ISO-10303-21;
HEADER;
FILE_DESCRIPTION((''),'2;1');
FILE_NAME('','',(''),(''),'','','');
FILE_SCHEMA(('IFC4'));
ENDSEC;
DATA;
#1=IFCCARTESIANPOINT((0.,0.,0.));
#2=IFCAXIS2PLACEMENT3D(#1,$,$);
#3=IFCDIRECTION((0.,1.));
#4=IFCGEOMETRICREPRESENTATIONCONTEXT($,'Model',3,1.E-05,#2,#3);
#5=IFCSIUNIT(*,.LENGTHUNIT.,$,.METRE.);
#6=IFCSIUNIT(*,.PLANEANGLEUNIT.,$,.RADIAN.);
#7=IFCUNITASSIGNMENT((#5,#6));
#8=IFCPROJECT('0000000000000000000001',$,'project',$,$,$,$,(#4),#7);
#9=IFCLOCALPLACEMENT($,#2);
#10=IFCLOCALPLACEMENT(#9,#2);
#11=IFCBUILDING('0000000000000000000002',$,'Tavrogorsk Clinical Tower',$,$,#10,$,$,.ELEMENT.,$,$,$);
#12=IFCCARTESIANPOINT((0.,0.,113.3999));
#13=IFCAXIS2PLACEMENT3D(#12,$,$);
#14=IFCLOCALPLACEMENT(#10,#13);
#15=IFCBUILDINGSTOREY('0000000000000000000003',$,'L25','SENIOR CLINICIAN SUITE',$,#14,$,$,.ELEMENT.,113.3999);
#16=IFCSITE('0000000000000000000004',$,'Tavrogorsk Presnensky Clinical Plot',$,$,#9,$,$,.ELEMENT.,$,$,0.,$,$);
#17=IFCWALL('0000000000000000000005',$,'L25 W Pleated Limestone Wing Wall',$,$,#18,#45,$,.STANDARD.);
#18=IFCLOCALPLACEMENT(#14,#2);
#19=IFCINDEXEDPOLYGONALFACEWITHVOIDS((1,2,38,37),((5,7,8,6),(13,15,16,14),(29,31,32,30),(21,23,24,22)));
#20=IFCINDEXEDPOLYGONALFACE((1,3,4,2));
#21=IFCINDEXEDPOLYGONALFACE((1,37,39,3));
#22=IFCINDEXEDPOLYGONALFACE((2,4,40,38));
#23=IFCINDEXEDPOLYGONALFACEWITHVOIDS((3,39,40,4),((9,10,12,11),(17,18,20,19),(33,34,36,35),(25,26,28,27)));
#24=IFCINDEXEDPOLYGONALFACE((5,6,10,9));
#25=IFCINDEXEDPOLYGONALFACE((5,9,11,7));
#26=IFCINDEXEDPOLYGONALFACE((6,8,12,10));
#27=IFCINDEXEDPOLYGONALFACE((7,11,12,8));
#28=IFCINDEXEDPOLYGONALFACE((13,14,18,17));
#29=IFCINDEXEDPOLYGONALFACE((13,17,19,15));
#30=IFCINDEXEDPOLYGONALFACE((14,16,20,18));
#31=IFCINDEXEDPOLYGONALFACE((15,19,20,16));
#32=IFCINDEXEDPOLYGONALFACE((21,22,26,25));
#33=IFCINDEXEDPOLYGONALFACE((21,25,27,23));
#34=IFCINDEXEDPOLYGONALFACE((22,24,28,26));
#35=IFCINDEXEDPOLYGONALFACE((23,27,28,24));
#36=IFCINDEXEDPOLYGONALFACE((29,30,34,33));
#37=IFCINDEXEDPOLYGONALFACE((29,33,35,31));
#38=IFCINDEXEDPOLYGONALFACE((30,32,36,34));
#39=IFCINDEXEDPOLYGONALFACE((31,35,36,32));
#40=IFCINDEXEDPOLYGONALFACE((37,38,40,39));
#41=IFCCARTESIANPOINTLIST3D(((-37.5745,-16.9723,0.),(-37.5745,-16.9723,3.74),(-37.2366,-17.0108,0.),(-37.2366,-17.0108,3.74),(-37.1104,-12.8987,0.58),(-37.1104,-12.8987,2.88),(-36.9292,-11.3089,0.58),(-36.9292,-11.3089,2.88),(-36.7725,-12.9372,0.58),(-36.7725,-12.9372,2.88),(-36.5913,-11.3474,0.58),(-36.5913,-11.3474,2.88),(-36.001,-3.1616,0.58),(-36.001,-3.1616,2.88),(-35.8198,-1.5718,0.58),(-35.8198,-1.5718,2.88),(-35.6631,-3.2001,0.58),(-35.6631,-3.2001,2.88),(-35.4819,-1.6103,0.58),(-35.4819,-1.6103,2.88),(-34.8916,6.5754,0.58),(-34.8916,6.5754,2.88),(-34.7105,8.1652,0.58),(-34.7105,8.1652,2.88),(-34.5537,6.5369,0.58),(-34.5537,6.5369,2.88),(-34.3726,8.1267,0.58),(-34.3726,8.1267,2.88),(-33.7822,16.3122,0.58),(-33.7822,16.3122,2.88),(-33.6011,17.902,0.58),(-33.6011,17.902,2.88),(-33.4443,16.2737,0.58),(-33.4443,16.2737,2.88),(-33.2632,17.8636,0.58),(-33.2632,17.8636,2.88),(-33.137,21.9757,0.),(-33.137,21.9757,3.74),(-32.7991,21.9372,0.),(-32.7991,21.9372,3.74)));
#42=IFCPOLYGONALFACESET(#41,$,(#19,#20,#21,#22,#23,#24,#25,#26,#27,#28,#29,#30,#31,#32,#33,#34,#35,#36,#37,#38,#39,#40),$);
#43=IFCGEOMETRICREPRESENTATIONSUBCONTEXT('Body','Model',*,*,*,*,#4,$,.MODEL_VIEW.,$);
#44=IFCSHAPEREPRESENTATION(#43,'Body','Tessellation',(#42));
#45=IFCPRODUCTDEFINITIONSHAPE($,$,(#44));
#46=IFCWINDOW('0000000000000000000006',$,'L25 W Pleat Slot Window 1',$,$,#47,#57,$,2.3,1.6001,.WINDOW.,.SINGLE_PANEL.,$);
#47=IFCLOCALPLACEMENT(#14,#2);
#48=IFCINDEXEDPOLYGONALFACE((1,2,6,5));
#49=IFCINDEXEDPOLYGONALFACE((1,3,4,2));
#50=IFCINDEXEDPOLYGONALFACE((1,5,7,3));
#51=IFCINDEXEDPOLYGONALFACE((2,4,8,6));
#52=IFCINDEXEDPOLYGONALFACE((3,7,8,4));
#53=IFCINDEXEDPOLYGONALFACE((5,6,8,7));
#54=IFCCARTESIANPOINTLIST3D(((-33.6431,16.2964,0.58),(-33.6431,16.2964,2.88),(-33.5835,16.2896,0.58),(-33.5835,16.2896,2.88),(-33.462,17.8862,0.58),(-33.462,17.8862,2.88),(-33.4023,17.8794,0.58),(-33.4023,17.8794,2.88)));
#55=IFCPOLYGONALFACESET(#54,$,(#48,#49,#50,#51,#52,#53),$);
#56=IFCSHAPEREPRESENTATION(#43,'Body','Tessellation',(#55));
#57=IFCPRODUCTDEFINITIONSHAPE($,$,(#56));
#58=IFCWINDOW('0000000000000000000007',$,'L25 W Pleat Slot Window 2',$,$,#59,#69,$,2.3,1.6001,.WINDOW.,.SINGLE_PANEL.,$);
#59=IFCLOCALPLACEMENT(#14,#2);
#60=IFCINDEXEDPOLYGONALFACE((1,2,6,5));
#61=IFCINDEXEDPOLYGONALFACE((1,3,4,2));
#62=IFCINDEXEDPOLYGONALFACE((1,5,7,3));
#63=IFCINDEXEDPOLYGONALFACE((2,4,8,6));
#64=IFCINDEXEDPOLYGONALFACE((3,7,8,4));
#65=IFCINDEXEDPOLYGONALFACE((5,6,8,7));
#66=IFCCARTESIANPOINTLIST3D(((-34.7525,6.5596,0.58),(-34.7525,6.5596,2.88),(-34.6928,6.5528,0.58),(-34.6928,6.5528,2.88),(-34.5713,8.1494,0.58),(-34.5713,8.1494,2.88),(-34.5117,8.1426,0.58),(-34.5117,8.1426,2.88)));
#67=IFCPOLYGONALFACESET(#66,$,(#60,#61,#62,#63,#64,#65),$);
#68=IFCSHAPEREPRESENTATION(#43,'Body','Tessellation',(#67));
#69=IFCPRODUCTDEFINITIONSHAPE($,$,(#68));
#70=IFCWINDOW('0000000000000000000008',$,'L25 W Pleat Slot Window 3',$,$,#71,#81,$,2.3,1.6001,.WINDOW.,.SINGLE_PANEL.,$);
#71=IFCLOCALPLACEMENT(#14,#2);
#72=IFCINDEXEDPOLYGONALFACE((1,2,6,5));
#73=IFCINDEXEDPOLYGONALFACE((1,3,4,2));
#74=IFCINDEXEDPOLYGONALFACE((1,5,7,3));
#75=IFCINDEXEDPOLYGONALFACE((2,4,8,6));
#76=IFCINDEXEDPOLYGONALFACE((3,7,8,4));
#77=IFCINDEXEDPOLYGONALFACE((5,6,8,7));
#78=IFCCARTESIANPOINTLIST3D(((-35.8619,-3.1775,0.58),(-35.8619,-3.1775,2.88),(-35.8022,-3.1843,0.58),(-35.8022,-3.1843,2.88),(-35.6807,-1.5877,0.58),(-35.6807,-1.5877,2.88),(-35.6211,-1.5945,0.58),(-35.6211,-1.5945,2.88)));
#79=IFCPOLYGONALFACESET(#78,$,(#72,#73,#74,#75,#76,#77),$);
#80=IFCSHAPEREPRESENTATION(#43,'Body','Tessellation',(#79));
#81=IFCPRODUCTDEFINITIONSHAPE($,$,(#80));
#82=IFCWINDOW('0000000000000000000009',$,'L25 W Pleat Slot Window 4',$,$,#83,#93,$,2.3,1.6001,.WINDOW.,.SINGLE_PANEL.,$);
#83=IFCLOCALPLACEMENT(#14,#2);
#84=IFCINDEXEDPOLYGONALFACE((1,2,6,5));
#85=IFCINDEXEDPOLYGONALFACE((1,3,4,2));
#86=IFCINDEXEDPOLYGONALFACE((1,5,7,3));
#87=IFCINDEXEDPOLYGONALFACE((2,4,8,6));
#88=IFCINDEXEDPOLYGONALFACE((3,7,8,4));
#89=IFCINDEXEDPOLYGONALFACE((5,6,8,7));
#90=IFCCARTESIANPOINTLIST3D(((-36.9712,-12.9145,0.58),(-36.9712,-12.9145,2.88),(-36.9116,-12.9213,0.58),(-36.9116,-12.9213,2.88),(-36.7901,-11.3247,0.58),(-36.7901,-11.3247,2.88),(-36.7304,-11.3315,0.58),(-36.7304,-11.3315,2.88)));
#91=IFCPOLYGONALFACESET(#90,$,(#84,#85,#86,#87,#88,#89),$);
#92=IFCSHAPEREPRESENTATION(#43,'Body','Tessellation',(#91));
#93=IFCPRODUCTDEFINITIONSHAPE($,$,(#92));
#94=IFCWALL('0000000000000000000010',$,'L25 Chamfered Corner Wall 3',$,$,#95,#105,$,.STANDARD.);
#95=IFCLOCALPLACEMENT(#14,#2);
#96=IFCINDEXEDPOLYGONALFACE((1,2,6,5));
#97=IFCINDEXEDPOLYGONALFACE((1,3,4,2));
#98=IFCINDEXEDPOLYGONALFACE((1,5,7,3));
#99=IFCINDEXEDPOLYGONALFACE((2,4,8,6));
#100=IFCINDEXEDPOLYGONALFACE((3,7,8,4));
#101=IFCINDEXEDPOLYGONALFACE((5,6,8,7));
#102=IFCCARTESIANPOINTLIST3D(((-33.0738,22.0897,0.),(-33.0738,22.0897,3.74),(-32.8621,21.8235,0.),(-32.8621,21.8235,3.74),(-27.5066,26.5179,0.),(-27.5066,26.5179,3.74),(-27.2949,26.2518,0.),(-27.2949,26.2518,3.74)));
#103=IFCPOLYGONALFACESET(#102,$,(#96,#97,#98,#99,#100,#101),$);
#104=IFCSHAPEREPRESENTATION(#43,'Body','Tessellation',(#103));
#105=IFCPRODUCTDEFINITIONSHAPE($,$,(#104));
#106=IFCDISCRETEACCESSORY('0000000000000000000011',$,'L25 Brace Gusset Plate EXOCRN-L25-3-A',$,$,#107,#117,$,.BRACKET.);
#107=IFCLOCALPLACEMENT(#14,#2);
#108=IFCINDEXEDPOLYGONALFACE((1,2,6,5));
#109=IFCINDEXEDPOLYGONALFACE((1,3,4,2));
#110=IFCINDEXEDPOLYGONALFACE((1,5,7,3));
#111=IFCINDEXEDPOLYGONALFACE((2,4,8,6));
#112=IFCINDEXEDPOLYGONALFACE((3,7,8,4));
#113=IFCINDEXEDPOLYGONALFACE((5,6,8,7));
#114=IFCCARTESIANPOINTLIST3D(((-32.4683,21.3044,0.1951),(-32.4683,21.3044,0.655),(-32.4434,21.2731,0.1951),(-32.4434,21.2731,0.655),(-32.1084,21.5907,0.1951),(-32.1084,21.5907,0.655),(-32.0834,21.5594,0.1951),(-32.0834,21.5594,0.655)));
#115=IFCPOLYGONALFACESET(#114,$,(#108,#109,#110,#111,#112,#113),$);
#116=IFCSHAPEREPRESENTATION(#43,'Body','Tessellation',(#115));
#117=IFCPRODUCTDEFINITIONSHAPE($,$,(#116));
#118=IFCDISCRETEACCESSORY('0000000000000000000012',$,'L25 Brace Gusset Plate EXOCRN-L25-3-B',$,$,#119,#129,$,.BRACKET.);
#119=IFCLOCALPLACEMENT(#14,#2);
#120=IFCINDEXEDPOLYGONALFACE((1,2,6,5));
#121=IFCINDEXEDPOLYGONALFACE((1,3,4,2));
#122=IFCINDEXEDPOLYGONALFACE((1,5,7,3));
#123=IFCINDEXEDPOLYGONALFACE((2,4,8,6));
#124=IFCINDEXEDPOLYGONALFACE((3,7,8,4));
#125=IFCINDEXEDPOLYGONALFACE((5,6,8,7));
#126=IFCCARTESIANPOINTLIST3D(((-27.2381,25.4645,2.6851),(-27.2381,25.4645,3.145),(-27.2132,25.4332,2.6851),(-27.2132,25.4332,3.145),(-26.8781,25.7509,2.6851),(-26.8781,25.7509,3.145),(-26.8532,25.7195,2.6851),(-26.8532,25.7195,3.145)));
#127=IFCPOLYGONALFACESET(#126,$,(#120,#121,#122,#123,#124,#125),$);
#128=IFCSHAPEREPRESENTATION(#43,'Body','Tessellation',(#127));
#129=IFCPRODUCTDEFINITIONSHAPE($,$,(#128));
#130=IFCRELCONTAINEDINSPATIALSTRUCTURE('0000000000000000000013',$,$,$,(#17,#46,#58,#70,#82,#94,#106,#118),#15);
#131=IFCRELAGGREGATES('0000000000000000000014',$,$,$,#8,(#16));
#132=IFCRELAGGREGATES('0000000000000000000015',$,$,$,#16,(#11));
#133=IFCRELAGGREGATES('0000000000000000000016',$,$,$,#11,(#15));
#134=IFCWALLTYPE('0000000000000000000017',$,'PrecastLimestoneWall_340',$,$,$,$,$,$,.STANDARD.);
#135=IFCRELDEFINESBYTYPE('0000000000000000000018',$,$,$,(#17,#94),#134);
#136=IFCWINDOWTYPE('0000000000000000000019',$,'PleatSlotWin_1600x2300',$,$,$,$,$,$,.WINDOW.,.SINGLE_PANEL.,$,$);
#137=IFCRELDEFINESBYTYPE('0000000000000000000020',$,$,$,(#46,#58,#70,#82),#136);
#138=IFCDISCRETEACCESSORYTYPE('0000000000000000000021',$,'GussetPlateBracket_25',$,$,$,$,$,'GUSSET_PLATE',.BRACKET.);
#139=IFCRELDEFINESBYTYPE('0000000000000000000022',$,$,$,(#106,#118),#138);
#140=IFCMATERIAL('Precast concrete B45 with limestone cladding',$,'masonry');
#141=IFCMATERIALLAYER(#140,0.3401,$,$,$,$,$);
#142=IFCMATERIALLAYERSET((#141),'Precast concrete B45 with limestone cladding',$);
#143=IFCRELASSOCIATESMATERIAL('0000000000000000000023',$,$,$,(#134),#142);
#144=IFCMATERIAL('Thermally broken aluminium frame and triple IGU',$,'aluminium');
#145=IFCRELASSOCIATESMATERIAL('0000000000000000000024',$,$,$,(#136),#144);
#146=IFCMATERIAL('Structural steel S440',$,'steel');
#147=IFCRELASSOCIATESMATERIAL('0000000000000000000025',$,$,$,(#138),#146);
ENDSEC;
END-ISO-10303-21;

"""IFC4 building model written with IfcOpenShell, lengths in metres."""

from ifc_helpers import new_model, si_unit, direction, frame, frame_2d, origin, origin_2d, place, context, subcontext, project, spatial, rectangle, extrude, material, layer, layer_set, type_object, element, fill, save


model = new_model("IFC4")

# Units and contexts
model_context = context("Model", 3, precision=1e-05, world=origin(), true_north=direction((0.0, 1.0)))
body_context = subcontext(model_context, "Body", "Model", "MODEL_VIEW")
ifc_project = project(units=[si_unit("LENGTHUNIT", "METRE"), si_unit("PLANEANGLEUNIT", "RADIAN")], contexts=[model_context])

# Site, building, storey
site_placement = place(None, origin())
site = spatial("IfcSite", under=ifc_project, at=site_placement, Name="Tavrogorsk Presnensky Clinical Plot", CompositionType="ELEMENT", RefElevation=0.0)
building_placement = place(site_placement, origin())
building = spatial("IfcBuilding", under=site, at=building_placement, Name="Tavrogorsk Clinical Tower", CompositionType="ELEMENT")
storey_placement = place(building_placement, frame((0.0, 0.0, 113.3999)))
storey = spatial("IfcBuildingStorey", under=building, at=storey_placement, Name="L25", Description="SENIOR CLINICIAN SUITE", CompositionType="ELEMENT", Elevation=113.3999)

# Wall, openings, windows
ifc_material_1 = material(Name="Precast concrete B45 with limestone cladding", Category="masonry")
ifc_layer_1 = layer(ifc_material_1, 0.3401)
ifc_layer_set_1 = layer_set([ifc_layer_1], Name="Precast concrete B45 with limestone cladding")
wall_type_1 = type_object("IfcWallType", Name="PrecastLimestoneWall_340", PredefinedType="STANDARD", material=ifc_layer_set_1)
wall_1_placement = place(storey_placement, frame((-32.968, 21.9565, 0.0), z_axis=(0.0, 0.0, 1.0), x_axis=(-0.113202, -0.993572, 0.0)))
wall_1 = element("IfcWall", 1, at=wall_1_placement, inside=storey, type_object=wall_type_1, Name="L25 W Pleated Limestone Wing Wall", PredefinedType="STANDARD", context=body_context, shape_type="SweptSolid", body=[
    extrude(rectangle(XDim=39.2, YDim=0.3401, at=frame_2d((19.6001, 0.0))), origin(), (0.0, 0.0, 1.0), 3.74),
])
opening_1_placement = place(wall_1_placement, frame((4.1001, 0.0, 0.5801)))
opening_1 = element("IfcOpeningElement", 2, at=opening_1_placement, cuts=wall_1, PredefinedType="OPENING", context=body_context, shape_type="SweptSolid", body=[
    extrude(rectangle(XDim=1.6001, YDim=2.3, at=frame_2d((0.8, 1.1499))), frame((0.0, 0.1799, 0.0), z_axis=(0.0, -1.0, 0.0), x_axis=(1.0, 0.0, 0.0)), (0.0, 0.0, 1.0), 0.3601),
])
opening_2_placement = place(wall_1_placement, frame((13.8999, 0.0, 0.5801)))
opening_2 = element("IfcOpeningElement", 3, at=opening_2_placement, cuts=wall_1, PredefinedType="OPENING", context=body_context, shape_type="SweptSolid", body=[
    extrude(rectangle(XDim=1.6001, YDim=2.3, at=frame_2d((0.8, 1.1499))), frame((0.0, 0.1799, 0.0), z_axis=(0.0, -1.0, 0.0), x_axis=(1.0, 0.0, 0.0)), (0.0, 0.0, 1.0), 0.3601),
])
opening_3_placement = place(wall_1_placement, frame((23.7, 0.0, 0.5801)))
opening_3 = element("IfcOpeningElement", 4, at=opening_3_placement, cuts=wall_1, PredefinedType="OPENING", context=body_context, shape_type="SweptSolid", body=[
    extrude(rectangle(XDim=1.6001, YDim=2.3, at=frame_2d((0.8, 1.1499))), frame((0.0, 0.1799, 0.0), z_axis=(0.0, -1.0, 0.0), x_axis=(1.0, 0.0, 0.0)), (0.0, 0.0, 1.0), 0.3601),
])
opening_4_placement = place(wall_1_placement, frame((33.5, 0.0, 0.5801)))
opening_4 = element("IfcOpeningElement", 5, at=opening_4_placement, cuts=wall_1, PredefinedType="OPENING", context=body_context, shape_type="SweptSolid", body=[
    extrude(rectangle(XDim=1.6001, YDim=2.3, at=frame_2d((0.8, 1.1499))), frame((0.0, 0.1799, 0.0), z_axis=(0.0, -1.0, 0.0), x_axis=(1.0, 0.0, 0.0)), (0.0, 0.0, 1.0), 0.3601),
])
ifc_material_2 = material(Name="Thermally broken aluminium frame and triple IGU", Category="aluminium")
window_type = type_object("IfcWindowType", Name="PleatSlotWin_1600x2300", PartitioningType="SINGLE_PANEL", PredefinedType="WINDOW", material=ifc_material_2)
window_1_placement = place(opening_1_placement, origin())
window_1 = element("IfcWindow", 6, at=window_1_placement, inside=storey, type_object=window_type, Name="L25 W Pleat Slot Window 1", OverallHeight=2.3, OverallWidth=1.6001, PartitioningType="SINGLE_PANEL", PredefinedType="WINDOW", context=body_context, shape_type="SweptSolid", body=[
    extrude(rectangle(XDim=1.6001, YDim=2.3, at=frame_2d((0.8, 1.1499))), frame((0.0, 0.03, 0.0), z_axis=(0.0, -1.0, 0.0), x_axis=(1.0, 0.0, 0.0)), (0.0, 0.0, 1.0), 0.0601),
])
fill(opening_1, window_1)
window_2_placement = place(opening_2_placement, origin())
window_2 = element("IfcWindow", 7, at=window_2_placement, inside=storey, type_object=window_type, Name="L25 W Pleat Slot Window 2", OverallHeight=2.3, OverallWidth=1.6001, PartitioningType="SINGLE_PANEL", PredefinedType="WINDOW", context=body_context, shape_type="SweptSolid", body=[
    extrude(rectangle(XDim=1.6001, YDim=2.3, at=frame_2d((0.8, 1.1499))), frame((0.0, 0.03, 0.0), z_axis=(0.0, -1.0, 0.0), x_axis=(1.0, 0.0, 0.0)), (0.0, 0.0, 1.0), 0.0601),
])
fill(opening_2, window_2)
window_3_placement = place(opening_3_placement, origin())
window_3 = element("IfcWindow", 8, at=window_3_placement, inside=storey, type_object=window_type, Name="L25 W Pleat Slot Window 3", OverallHeight=2.3, OverallWidth=1.6001, PartitioningType="SINGLE_PANEL", PredefinedType="WINDOW", context=body_context, shape_type="SweptSolid", body=[
    extrude(rectangle(XDim=1.6001, YDim=2.3, at=frame_2d((0.8, 1.1499))), frame((0.0, 0.03, 0.0), z_axis=(0.0, -1.0, 0.0), x_axis=(1.0, 0.0, 0.0)), (0.0, 0.0, 1.0), 0.0601),
])
fill(opening_3, window_3)
window_4_placement = place(opening_4_placement, origin())
window_4 = element("IfcWindow", 9, at=window_4_placement, inside=storey, type_object=window_type, Name="L25 W Pleat Slot Window 4", OverallHeight=2.3, OverallWidth=1.6001, PartitioningType="SINGLE_PANEL", PredefinedType="WINDOW", context=body_context, shape_type="SweptSolid", body=[
    extrude(rectangle(XDim=1.6001, YDim=2.3, at=frame_2d((0.8, 1.1499))), frame((0.0, 0.03, 0.0), z_axis=(0.0, -1.0, 0.0), x_axis=(1.0, 0.0, 0.0)), (0.0, 0.0, 1.0), 0.0601),
])
fill(opening_4, window_4)

# Wall
wall_2_placement = place(storey_placement, frame((-27.4009, 26.3848, 0.0), z_axis=(0.0, 0.0, 1.0), x_axis=(-0.782614, -0.622508, 0.0)))
element("IfcWall", 10, at=wall_2_placement, inside=storey, type_object=wall_type_1, Name="L25 Chamfered Corner Wall 3", PredefinedType="STANDARD", context=body_context, shape_type="SweptSolid", body=[
    extrude(rectangle(XDim=7.1135, YDim=0.3401, at=frame_2d((3.5566, 0.0))), origin(), (0.0, 0.0, 1.0), 3.74),
])

# Discrete accessories
ifc_material_3 = material(Name="Structural steel S440", Category="steel")
discrete_accessory_type = type_object("IfcDiscreteAccessoryType", Name="GussetPlateBracket_25", ElementType="GUSSET_PLATE", PredefinedType="BRACKET", material=ifc_material_3)
for number, where, z_axis, x_axis, name in (
    (11, (-32.2759, 21.4319, 0.1951), (0.0, 0.0, 1.0), (0.782608, 0.622515, 0.0), "L25 Brace Gusset Plate EXOCRN-L25-3-A"),
    (12, (-27.0457, 25.592, 2.6851), (0.0, 0.0, 1.0), (0.782608, 0.622515, 0.0), "L25 Brace Gusset Plate EXOCRN-L25-3-B"),
):
    element("IfcDiscreteAccessory", number, at=place(storey_placement, frame(where, z_axis=z_axis, x_axis=x_axis)), inside=storey, type_object=discrete_accessory_type, Name=name, PredefinedType="BRACKET", context=body_context, shape_type="SweptSolid", body=[
        extrude(rectangle(XDim=0.46, YDim=0.04, at=origin_2d()), origin(), (0.0, 0.0, 1.0), 0.46),
    ])

save(model, "model.ifc")
